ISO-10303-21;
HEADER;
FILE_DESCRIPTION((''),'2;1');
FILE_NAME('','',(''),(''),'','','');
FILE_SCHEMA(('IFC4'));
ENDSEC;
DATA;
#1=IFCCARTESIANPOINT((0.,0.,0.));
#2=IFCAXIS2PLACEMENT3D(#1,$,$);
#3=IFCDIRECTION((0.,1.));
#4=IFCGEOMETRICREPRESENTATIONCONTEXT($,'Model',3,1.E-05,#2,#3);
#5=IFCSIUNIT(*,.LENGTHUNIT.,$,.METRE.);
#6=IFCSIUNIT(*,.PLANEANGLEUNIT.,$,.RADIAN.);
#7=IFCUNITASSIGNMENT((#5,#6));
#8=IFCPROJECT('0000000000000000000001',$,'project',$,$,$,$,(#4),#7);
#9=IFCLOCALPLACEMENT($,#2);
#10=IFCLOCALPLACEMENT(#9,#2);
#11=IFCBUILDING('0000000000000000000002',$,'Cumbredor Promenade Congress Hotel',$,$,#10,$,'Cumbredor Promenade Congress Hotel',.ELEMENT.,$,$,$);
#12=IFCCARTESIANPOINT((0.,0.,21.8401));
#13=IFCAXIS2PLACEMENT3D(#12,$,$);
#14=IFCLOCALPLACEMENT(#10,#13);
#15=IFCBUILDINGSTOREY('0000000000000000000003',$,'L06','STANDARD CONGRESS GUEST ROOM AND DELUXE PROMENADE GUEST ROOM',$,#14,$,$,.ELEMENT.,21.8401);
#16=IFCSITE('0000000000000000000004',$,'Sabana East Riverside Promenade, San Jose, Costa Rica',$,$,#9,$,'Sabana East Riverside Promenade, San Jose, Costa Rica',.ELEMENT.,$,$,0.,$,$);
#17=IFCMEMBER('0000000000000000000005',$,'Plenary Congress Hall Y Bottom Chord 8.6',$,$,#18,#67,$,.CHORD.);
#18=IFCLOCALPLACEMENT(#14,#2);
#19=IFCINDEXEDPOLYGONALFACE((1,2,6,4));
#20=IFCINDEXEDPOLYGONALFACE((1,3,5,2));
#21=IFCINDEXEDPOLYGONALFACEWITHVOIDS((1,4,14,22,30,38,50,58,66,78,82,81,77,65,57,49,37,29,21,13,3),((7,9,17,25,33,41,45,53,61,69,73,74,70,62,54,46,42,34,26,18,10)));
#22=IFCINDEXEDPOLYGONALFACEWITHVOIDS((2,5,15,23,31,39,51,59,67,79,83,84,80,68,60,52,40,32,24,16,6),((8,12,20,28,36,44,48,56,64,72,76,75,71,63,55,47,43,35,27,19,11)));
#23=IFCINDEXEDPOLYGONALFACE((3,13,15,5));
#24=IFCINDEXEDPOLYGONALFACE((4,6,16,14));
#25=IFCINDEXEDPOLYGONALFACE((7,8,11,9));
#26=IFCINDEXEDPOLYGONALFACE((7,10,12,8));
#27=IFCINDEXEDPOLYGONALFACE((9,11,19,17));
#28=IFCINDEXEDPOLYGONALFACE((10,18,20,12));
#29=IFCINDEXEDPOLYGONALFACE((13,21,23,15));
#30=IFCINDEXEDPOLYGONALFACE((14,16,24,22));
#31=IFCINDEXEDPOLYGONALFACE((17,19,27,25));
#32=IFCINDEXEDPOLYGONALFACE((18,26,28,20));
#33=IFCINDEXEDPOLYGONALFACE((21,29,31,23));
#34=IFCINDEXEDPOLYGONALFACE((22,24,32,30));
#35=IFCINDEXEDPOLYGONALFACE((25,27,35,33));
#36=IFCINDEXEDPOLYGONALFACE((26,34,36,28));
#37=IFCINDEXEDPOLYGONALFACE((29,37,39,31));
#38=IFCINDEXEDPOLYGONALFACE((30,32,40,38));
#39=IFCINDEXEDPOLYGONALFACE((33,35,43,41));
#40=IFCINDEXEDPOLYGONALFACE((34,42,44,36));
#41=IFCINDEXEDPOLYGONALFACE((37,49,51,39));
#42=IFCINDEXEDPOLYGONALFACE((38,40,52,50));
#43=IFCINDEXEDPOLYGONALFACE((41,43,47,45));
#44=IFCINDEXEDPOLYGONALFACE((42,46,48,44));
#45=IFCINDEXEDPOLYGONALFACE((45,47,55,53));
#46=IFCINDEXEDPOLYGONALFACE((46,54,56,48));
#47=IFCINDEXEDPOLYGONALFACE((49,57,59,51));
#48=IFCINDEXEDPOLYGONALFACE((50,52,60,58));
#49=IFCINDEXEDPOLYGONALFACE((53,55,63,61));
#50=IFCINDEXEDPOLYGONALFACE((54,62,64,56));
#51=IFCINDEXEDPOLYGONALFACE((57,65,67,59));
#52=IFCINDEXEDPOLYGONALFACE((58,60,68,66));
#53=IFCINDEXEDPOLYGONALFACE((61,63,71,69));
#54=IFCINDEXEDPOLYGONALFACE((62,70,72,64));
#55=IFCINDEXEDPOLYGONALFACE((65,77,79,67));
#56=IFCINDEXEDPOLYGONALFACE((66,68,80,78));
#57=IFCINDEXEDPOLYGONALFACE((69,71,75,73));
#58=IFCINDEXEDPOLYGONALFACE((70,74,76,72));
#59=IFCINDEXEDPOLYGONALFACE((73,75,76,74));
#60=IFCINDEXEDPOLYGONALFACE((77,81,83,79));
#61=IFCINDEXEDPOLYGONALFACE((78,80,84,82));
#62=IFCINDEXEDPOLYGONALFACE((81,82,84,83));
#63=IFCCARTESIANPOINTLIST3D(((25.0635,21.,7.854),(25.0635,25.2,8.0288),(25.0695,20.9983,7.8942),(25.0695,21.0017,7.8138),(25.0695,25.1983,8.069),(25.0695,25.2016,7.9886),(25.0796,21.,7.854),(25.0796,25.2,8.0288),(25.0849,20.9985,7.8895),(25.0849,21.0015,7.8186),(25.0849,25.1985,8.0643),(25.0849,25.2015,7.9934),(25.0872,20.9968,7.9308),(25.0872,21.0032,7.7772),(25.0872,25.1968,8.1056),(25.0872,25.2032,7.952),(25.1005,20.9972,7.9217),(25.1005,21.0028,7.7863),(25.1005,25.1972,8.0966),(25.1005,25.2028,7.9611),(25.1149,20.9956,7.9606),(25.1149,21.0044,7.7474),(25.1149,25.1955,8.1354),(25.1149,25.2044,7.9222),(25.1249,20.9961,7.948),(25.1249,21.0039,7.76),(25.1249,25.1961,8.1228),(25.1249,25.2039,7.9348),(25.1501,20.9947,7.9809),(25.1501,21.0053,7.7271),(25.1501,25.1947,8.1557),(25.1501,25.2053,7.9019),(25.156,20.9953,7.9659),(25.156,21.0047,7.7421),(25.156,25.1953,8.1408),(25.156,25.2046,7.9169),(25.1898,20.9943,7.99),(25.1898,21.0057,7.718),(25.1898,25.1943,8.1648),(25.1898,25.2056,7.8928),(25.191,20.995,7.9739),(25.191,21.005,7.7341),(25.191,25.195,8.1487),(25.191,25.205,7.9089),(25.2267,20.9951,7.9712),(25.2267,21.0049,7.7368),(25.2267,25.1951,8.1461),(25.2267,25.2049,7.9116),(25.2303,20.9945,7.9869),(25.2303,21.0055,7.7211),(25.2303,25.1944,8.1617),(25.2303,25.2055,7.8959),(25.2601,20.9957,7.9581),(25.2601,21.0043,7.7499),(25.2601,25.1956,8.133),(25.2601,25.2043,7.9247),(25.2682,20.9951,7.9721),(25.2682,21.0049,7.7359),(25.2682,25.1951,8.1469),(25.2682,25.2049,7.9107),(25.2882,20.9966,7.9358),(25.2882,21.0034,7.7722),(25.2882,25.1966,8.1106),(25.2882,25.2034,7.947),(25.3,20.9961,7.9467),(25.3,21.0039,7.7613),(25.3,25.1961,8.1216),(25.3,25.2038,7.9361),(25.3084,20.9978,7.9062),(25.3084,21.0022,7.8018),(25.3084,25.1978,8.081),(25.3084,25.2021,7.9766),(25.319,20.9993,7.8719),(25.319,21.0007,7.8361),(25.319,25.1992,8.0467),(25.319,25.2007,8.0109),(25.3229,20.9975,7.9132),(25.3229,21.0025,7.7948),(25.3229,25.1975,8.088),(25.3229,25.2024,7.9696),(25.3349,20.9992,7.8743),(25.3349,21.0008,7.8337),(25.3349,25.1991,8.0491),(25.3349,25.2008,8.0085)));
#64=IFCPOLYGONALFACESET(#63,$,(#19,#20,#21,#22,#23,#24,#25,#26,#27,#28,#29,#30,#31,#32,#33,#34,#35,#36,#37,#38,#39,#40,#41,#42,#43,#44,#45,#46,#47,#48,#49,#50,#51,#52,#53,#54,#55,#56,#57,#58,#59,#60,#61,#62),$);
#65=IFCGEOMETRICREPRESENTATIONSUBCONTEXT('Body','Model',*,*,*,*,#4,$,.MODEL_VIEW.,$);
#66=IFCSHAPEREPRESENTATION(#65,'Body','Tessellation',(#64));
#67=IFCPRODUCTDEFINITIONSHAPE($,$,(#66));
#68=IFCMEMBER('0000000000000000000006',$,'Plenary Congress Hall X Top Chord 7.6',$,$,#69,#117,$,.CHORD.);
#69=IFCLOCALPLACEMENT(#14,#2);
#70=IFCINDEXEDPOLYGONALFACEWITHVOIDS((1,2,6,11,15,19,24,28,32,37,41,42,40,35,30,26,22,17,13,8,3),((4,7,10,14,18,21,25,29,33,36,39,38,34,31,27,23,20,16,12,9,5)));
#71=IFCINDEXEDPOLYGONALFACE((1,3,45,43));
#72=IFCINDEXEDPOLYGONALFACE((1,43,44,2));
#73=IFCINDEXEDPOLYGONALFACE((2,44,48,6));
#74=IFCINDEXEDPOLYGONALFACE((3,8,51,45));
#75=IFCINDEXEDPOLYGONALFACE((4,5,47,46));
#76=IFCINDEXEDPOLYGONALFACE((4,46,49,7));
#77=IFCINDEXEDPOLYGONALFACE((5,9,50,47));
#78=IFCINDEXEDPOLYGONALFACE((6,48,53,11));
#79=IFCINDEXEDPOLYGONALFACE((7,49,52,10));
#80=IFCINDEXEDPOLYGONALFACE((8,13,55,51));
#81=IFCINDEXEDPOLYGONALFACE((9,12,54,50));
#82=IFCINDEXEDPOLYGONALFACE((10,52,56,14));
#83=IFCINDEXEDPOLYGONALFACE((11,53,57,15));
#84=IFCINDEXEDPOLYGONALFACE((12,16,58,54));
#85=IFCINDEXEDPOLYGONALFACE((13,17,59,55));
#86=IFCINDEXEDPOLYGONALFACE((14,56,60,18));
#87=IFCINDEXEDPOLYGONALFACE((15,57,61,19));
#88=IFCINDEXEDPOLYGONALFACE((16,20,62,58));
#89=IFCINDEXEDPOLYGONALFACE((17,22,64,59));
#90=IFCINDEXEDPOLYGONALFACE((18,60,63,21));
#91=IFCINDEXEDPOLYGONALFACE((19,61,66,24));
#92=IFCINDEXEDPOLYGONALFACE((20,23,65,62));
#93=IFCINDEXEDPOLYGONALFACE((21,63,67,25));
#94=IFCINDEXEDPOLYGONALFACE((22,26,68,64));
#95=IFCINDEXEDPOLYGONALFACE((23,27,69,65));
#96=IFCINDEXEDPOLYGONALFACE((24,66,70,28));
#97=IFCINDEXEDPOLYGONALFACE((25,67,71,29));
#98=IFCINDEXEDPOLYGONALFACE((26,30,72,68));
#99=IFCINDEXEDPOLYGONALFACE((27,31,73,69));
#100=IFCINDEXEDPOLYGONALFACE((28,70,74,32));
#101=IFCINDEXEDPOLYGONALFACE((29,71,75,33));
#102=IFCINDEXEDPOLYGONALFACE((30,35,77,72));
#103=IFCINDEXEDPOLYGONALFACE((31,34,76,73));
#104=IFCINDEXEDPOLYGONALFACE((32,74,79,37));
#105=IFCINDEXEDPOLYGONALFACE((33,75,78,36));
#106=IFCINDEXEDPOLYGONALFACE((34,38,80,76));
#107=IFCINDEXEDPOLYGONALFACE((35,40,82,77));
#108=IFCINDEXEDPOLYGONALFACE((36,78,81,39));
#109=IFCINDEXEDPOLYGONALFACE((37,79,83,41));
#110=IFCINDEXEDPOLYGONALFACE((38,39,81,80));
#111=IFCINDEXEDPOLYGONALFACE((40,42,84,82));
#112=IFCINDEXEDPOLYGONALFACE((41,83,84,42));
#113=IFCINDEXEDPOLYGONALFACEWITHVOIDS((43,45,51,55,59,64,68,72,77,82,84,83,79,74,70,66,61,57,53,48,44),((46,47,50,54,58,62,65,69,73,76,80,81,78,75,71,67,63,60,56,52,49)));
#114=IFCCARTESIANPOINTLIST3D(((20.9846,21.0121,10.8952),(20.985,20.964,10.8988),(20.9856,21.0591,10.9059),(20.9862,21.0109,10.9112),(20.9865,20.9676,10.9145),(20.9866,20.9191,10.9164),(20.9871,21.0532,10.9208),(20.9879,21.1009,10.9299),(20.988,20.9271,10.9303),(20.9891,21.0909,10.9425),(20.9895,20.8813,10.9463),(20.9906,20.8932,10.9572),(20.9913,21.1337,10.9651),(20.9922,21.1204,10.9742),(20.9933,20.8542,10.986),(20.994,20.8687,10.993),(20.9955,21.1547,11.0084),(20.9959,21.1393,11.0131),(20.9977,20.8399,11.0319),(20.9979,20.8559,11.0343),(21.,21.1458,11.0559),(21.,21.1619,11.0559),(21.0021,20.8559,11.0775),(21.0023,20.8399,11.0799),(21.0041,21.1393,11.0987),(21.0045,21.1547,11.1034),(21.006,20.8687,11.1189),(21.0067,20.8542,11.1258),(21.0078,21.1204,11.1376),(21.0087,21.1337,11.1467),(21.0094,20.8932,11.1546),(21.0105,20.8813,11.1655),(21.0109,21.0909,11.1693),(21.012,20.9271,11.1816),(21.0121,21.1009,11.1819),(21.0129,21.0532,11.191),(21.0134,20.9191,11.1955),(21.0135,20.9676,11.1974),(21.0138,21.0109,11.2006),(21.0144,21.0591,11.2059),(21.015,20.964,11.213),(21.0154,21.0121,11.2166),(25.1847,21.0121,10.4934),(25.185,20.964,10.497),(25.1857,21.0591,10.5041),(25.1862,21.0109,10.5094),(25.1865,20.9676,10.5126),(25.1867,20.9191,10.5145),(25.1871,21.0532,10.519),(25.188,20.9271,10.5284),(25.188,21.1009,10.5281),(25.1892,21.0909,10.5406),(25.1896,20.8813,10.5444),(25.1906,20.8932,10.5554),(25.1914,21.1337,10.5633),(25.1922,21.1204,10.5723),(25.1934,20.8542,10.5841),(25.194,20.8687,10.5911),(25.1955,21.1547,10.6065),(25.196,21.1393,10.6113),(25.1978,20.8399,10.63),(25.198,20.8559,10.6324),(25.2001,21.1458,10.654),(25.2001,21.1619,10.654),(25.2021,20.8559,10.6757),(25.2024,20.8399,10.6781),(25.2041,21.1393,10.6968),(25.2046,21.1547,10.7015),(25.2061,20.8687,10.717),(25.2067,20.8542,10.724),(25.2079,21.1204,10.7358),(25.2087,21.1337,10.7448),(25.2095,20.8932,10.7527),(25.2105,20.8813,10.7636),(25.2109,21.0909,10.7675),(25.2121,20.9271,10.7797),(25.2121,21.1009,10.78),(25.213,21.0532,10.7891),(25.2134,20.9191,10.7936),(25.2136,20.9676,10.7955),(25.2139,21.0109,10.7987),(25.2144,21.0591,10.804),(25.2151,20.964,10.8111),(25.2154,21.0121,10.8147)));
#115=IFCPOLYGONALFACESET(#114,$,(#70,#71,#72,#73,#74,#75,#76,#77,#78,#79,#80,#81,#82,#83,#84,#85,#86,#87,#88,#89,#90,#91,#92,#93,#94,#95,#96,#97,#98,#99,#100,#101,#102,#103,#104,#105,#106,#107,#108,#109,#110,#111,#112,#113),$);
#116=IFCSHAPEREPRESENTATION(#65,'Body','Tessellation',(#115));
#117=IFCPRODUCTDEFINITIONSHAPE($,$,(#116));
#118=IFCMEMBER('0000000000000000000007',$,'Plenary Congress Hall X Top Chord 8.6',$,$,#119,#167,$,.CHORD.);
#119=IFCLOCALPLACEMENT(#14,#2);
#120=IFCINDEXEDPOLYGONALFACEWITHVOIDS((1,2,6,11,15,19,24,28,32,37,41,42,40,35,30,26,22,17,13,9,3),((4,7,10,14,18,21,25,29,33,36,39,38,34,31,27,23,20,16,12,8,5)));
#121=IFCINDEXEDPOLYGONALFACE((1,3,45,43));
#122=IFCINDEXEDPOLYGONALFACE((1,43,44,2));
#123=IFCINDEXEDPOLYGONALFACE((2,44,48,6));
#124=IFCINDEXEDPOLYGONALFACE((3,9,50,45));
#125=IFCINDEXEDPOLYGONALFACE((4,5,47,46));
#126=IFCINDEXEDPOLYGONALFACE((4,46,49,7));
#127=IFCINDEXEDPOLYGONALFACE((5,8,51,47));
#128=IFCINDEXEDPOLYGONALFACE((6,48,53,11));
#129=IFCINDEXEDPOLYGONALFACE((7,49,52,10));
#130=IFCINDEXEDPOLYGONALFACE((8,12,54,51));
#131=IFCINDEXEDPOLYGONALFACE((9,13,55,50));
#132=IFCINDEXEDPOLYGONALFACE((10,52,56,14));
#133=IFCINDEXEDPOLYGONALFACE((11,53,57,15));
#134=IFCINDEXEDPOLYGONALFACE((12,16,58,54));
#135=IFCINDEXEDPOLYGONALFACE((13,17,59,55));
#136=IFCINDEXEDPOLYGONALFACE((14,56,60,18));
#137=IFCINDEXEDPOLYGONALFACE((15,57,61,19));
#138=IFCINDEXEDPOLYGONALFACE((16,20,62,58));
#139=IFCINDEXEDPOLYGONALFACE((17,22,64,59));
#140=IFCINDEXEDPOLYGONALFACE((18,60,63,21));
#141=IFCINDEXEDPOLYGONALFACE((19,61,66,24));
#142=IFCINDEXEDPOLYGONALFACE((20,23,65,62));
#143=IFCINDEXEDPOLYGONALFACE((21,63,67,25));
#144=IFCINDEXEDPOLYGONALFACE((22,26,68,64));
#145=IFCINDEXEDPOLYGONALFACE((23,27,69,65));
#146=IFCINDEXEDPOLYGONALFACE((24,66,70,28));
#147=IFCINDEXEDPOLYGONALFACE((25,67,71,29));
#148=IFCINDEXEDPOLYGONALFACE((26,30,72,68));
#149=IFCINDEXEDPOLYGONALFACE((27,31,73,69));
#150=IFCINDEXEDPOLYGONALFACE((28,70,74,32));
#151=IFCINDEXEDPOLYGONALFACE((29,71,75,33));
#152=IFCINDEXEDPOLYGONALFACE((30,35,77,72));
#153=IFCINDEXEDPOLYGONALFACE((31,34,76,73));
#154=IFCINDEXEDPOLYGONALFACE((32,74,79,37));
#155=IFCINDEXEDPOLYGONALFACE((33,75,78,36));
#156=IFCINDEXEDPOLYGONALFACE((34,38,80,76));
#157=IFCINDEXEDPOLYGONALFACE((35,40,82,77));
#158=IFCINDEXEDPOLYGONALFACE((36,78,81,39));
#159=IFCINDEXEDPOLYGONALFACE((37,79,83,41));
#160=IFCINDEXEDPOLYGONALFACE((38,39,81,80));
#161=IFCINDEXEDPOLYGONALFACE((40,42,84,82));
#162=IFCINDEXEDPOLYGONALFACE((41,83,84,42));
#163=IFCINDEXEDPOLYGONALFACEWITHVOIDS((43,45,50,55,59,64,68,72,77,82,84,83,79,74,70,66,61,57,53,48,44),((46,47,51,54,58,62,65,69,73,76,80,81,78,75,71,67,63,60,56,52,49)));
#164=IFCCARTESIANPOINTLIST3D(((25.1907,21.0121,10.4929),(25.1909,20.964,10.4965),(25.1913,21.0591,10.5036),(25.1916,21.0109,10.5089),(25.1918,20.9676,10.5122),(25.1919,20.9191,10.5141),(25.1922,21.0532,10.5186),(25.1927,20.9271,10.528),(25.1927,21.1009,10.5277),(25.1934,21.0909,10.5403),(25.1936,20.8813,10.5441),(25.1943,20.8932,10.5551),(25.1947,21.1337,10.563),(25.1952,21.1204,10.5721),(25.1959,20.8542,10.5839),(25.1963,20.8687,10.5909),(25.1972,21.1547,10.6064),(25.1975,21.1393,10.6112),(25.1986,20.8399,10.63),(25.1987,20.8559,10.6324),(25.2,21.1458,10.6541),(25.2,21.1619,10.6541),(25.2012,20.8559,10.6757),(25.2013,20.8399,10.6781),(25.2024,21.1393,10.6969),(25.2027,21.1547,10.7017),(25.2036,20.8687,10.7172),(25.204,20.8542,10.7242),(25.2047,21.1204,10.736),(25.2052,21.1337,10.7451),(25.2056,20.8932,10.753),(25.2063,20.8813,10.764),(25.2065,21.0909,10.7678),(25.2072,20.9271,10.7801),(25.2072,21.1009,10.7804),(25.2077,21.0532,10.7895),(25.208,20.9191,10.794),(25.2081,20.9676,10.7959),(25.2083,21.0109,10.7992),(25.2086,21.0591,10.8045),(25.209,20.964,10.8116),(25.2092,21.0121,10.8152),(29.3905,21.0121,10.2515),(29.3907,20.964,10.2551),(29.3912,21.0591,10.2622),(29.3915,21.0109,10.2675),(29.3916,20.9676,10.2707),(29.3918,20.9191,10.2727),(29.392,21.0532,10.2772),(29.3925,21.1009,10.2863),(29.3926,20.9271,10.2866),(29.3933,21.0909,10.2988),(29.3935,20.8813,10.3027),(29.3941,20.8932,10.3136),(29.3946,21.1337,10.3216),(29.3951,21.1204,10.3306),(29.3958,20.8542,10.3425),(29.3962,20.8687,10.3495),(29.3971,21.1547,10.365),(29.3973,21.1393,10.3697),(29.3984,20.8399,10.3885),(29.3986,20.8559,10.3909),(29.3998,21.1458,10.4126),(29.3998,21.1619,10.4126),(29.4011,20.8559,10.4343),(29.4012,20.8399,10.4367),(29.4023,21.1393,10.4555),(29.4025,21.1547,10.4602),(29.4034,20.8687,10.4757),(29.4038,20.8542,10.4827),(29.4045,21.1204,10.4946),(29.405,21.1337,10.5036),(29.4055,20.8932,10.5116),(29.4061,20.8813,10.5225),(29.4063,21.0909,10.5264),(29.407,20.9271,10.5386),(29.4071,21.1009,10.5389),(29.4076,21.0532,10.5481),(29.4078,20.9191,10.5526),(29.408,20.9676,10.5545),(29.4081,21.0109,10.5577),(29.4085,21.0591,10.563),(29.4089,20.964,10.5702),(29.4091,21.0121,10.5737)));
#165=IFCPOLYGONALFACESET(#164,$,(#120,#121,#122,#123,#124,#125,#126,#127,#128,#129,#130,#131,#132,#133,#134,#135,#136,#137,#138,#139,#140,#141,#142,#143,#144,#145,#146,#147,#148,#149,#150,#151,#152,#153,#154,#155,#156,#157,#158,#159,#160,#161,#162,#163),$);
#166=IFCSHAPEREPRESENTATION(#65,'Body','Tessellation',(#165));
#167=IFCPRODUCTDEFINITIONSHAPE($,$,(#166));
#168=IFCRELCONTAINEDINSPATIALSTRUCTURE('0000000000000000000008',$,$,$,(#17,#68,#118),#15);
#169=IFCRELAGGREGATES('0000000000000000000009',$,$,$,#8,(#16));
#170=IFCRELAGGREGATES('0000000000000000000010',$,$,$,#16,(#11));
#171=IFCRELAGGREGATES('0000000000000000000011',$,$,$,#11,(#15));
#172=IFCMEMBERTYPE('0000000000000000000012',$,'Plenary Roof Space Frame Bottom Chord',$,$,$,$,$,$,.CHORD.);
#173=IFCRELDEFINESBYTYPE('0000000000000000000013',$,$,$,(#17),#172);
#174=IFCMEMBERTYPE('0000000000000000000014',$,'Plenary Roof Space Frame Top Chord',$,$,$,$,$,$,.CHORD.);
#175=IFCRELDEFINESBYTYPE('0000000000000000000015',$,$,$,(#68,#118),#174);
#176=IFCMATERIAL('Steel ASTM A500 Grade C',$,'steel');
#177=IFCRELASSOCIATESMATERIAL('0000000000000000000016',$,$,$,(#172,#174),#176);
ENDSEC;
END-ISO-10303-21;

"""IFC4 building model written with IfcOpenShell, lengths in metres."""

from ifc_helpers import new_model, si_unit, direction, frame, origin, origin_2d, place, context, subcontext, project, spatial, hollow_circle, extrude, material, material_profile, profile_set, type_object, element, save


model = new_model("IFC4")

# Units and contexts
model_context = context("Model", 3, precision=1e-05, world=origin(), true_north=direction((0.0, 1.0)))
body_context = subcontext(model_context, "Body", "Model", "MODEL_VIEW")
ifc_project = project(units=[si_unit("LENGTHUNIT", "METRE"), si_unit("PLANEANGLEUNIT", "RADIAN")], contexts=[model_context])

# Site, building, storey
site_placement = place(None, origin())
site = spatial("IfcSite", under=ifc_project, at=site_placement, Name="Sabana East Riverside Promenade, San Jose, Costa Rica", LongName="Sabana East Riverside Promenade, San Jose, Costa Rica", CompositionType="ELEMENT", RefElevation=0.0)
building_placement = place(site_placement, origin())
building = spatial("IfcBuilding", under=site, at=building_placement, Name="Cumbredor Promenade Congress Hotel", LongName="Cumbredor Promenade Congress Hotel", CompositionType="ELEMENT")
storey_placement = place(building_placement, frame((0.0, 0.0, 21.8401)))
storey = spatial("IfcBuildingStorey", under=building, at=storey_placement, Name="L06", Description="STANDARD CONGRESS GUEST ROOM AND DELUXE PROMENADE GUEST ROOM", CompositionType="ELEMENT", Elevation=21.8401)

# Members
ifc_material_1 = material(Name="Steel ASTM A500 Grade C", Category="steel")
ifc_material_profile_1 = material_profile(ifc_material_1, hollow_circle(Radius=0.1365, WallThickness=0.0161, at=origin_2d()), Name="CHS 273.0x16")
ifc_profile_set_1 = profile_set([ifc_material_profile_1], Name="Steel ASTM A500 Grade C")
member_type_1 = type_object("IfcMemberType", Name="Plenary Roof Space Frame Bottom Chord", PredefinedType="CHORD", material=ifc_profile_set_1)
member_1_placement = place(storey_placement, frame((25.2, 21.0, 7.854), z_axis=(0.0, 0.999135, 0.041585), x_axis=(-1.0, 0.0, 0.0)))
element("IfcMember", 1, at=member_1_placement, inside=storey, type_object=member_type_1, Name="Plenary Congress Hall Y Bottom Chord 8.6", PredefinedType="CHORD", context=body_context, shape_type="SweptSolid", body=[
    extrude(hollow_circle(Radius=0.1365, WallThickness=0.0161, at=origin_2d()), origin(), (0.0, 0.0, 1.0), 4.2036),
])
ifc_material_profile_2 = material_profile(ifc_material_1, hollow_circle(Radius=0.1619, WallThickness=0.0161, at=origin_2d()), Name="CHS 323.9x16")
ifc_profile_set_2 = profile_set([ifc_material_profile_2], Name="Steel ASTM A500 Grade C")
member_type_2 = type_object("IfcMemberType", Name="Plenary Roof Space Frame Top Chord", PredefinedType="CHORD", material=ifc_profile_set_2)
member_2_placement = place(storey_placement, frame((21.0, 21.0, 11.0559), z_axis=(0.995454, 0.0, -0.095246), x_axis=(0.0, 1.0, 0.0)))
element("IfcMember", 2, at=member_2_placement, inside=storey, type_object=member_type_2, Name="Plenary Congress Hall X Top Chord 7.6", PredefinedType="CHORD", context=body_context, shape_type="SweptSolid", body=[
    extrude(hollow_circle(Radius=0.1619, WallThickness=0.0161, at=origin_2d()), origin(), (0.0, 0.0, 1.0), 4.2192),
])
member_3_placement = place(storey_placement, frame((25.2, 21.0, 10.6541), z_axis=(0.998352, 0.0, -0.057395), x_axis=(0.0, 1.0, 0.0)))
element("IfcMember", 3, at=member_3_placement, inside=storey, type_object=member_type_2, Name="Plenary Congress Hall X Top Chord 8.6", PredefinedType="CHORD", context=body_context, shape_type="SweptSolid", body=[
    extrude(hollow_circle(Radius=0.1619, WallThickness=0.0161, at=origin_2d()), origin(), (0.0, 0.0, 1.0), 4.2068),
])

save(model, "model.ifc")
